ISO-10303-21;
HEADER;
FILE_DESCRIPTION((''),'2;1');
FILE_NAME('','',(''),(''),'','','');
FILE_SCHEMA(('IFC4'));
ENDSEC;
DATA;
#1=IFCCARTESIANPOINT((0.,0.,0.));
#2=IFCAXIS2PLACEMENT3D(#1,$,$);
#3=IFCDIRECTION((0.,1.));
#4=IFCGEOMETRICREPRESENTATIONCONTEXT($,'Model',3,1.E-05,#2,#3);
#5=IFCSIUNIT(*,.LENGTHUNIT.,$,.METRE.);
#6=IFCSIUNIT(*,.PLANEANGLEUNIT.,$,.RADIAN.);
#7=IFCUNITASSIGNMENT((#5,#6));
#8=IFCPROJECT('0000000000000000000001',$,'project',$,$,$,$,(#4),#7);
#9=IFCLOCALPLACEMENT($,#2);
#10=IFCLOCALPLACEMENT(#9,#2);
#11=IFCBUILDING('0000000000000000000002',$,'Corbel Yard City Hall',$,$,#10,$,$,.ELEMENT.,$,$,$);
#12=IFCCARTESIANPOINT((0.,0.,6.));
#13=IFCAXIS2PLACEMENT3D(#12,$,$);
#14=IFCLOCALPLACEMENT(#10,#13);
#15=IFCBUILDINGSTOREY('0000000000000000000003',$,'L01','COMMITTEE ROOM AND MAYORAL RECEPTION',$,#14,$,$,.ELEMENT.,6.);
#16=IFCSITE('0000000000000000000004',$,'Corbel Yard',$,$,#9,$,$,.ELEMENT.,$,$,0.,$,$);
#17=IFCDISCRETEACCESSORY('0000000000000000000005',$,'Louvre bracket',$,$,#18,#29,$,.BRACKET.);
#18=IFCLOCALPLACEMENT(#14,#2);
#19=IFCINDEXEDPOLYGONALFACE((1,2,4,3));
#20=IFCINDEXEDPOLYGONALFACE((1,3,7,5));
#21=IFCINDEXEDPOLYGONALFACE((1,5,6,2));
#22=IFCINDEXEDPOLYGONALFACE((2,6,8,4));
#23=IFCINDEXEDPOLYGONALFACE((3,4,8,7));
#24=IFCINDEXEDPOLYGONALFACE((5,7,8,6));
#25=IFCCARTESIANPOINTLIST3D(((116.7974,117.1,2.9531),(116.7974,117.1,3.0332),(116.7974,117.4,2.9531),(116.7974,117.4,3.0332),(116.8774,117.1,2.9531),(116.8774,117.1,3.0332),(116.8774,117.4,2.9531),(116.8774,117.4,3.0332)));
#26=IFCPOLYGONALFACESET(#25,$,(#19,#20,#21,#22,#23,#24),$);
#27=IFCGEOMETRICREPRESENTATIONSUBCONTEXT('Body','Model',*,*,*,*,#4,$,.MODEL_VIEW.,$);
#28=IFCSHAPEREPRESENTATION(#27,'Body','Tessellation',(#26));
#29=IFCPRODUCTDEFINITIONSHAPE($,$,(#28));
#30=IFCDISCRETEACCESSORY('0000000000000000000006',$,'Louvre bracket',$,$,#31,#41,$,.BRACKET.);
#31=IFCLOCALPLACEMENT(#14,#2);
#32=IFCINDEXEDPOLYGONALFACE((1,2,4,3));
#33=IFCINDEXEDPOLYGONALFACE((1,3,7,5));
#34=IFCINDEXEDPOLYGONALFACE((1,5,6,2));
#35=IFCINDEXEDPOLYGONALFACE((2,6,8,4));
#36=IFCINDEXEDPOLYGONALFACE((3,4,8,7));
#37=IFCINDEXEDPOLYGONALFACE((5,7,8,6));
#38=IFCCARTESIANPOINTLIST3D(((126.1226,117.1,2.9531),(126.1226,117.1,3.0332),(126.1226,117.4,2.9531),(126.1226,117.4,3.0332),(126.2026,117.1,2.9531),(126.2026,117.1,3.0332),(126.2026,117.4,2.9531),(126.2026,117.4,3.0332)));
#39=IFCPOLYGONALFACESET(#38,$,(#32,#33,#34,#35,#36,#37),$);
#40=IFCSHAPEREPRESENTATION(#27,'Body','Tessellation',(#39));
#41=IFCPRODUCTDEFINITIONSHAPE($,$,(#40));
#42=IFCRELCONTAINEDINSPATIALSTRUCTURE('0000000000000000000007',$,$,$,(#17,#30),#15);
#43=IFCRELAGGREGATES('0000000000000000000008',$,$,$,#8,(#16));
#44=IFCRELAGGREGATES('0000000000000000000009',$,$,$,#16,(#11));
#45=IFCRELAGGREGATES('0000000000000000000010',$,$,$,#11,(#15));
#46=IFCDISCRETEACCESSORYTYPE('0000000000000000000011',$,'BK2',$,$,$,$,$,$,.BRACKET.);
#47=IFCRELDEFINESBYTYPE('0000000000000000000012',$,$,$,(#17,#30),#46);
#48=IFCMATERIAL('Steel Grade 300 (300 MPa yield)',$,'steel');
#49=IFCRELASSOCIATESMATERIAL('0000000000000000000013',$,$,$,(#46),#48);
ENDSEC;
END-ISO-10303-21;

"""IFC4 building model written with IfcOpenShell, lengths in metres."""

from ifc_helpers import new_model, si_unit, direction, frame, origin, origin_2d, place, context, subcontext, project, spatial, rectangle, extrude, material, type_object, element, save


model = new_model("IFC4")

# Units and contexts
model_context = context("Model", 3, precision=1e-05, world=origin(), true_north=direction((0.0, 1.0)))
body_context = subcontext(model_context, "Body", "Model", "MODEL_VIEW")
ifc_project = project(units=[si_unit("LENGTHUNIT", "METRE"), si_unit("PLANEANGLEUNIT", "RADIAN")], contexts=[model_context])

# Site, building, storey
site_placement = place(None, origin())
site = spatial("IfcSite", under=ifc_project, at=site_placement, Name="Corbel Yard", CompositionType="ELEMENT", RefElevation=0.0)
building_placement = place(site_placement, origin())
building = spatial("IfcBuilding", under=site, at=building_placement, Name="Corbel Yard City Hall", CompositionType="ELEMENT")
storey_placement = place(building_placement, frame((0.0, 0.0, 6.0)))
storey = spatial("IfcBuildingStorey", under=building, at=storey_placement, Name="L01", Description="COMMITTEE ROOM AND MAYORAL RECEPTION", CompositionType="ELEMENT", Elevation=6.0)

# Shared definitions
ifc_material_1 = material(Name="Steel Grade 300 (300 MPa yield)", Category="steel")

# Discrete accessories
discrete_accessory_type = type_object("IfcDiscreteAccessoryType", Name="BK2", PredefinedType="BRACKET", material=ifc_material_1)
for number, where, z_axis, x_axis, name in (
    (1, (116.8374, 117.25, 2.9531), (0.0, 0.0, 1.0), (1.0, 0.0, 0.0), "Louvre bracket"),
    (2, (126.1626, 117.25, 2.9531), (0.0, 0.0, 1.0), (1.0, 0.0, 0.0), "Louvre bracket"),
):
    element("IfcDiscreteAccessory", number, at=place(storey_placement, frame(where, z_axis=z_axis, x_axis=x_axis)), inside=storey, type_object=discrete_accessory_type, Name=name, PredefinedType="BRACKET", context=body_context, shape_type="SweptSolid", body=[
        extrude(rectangle(XDim=0.0801, YDim=0.3, at=origin_2d()), origin(), (0.0, 0.0, 1.0), 0.0801),
    ])

save(model, "model.ifc")
